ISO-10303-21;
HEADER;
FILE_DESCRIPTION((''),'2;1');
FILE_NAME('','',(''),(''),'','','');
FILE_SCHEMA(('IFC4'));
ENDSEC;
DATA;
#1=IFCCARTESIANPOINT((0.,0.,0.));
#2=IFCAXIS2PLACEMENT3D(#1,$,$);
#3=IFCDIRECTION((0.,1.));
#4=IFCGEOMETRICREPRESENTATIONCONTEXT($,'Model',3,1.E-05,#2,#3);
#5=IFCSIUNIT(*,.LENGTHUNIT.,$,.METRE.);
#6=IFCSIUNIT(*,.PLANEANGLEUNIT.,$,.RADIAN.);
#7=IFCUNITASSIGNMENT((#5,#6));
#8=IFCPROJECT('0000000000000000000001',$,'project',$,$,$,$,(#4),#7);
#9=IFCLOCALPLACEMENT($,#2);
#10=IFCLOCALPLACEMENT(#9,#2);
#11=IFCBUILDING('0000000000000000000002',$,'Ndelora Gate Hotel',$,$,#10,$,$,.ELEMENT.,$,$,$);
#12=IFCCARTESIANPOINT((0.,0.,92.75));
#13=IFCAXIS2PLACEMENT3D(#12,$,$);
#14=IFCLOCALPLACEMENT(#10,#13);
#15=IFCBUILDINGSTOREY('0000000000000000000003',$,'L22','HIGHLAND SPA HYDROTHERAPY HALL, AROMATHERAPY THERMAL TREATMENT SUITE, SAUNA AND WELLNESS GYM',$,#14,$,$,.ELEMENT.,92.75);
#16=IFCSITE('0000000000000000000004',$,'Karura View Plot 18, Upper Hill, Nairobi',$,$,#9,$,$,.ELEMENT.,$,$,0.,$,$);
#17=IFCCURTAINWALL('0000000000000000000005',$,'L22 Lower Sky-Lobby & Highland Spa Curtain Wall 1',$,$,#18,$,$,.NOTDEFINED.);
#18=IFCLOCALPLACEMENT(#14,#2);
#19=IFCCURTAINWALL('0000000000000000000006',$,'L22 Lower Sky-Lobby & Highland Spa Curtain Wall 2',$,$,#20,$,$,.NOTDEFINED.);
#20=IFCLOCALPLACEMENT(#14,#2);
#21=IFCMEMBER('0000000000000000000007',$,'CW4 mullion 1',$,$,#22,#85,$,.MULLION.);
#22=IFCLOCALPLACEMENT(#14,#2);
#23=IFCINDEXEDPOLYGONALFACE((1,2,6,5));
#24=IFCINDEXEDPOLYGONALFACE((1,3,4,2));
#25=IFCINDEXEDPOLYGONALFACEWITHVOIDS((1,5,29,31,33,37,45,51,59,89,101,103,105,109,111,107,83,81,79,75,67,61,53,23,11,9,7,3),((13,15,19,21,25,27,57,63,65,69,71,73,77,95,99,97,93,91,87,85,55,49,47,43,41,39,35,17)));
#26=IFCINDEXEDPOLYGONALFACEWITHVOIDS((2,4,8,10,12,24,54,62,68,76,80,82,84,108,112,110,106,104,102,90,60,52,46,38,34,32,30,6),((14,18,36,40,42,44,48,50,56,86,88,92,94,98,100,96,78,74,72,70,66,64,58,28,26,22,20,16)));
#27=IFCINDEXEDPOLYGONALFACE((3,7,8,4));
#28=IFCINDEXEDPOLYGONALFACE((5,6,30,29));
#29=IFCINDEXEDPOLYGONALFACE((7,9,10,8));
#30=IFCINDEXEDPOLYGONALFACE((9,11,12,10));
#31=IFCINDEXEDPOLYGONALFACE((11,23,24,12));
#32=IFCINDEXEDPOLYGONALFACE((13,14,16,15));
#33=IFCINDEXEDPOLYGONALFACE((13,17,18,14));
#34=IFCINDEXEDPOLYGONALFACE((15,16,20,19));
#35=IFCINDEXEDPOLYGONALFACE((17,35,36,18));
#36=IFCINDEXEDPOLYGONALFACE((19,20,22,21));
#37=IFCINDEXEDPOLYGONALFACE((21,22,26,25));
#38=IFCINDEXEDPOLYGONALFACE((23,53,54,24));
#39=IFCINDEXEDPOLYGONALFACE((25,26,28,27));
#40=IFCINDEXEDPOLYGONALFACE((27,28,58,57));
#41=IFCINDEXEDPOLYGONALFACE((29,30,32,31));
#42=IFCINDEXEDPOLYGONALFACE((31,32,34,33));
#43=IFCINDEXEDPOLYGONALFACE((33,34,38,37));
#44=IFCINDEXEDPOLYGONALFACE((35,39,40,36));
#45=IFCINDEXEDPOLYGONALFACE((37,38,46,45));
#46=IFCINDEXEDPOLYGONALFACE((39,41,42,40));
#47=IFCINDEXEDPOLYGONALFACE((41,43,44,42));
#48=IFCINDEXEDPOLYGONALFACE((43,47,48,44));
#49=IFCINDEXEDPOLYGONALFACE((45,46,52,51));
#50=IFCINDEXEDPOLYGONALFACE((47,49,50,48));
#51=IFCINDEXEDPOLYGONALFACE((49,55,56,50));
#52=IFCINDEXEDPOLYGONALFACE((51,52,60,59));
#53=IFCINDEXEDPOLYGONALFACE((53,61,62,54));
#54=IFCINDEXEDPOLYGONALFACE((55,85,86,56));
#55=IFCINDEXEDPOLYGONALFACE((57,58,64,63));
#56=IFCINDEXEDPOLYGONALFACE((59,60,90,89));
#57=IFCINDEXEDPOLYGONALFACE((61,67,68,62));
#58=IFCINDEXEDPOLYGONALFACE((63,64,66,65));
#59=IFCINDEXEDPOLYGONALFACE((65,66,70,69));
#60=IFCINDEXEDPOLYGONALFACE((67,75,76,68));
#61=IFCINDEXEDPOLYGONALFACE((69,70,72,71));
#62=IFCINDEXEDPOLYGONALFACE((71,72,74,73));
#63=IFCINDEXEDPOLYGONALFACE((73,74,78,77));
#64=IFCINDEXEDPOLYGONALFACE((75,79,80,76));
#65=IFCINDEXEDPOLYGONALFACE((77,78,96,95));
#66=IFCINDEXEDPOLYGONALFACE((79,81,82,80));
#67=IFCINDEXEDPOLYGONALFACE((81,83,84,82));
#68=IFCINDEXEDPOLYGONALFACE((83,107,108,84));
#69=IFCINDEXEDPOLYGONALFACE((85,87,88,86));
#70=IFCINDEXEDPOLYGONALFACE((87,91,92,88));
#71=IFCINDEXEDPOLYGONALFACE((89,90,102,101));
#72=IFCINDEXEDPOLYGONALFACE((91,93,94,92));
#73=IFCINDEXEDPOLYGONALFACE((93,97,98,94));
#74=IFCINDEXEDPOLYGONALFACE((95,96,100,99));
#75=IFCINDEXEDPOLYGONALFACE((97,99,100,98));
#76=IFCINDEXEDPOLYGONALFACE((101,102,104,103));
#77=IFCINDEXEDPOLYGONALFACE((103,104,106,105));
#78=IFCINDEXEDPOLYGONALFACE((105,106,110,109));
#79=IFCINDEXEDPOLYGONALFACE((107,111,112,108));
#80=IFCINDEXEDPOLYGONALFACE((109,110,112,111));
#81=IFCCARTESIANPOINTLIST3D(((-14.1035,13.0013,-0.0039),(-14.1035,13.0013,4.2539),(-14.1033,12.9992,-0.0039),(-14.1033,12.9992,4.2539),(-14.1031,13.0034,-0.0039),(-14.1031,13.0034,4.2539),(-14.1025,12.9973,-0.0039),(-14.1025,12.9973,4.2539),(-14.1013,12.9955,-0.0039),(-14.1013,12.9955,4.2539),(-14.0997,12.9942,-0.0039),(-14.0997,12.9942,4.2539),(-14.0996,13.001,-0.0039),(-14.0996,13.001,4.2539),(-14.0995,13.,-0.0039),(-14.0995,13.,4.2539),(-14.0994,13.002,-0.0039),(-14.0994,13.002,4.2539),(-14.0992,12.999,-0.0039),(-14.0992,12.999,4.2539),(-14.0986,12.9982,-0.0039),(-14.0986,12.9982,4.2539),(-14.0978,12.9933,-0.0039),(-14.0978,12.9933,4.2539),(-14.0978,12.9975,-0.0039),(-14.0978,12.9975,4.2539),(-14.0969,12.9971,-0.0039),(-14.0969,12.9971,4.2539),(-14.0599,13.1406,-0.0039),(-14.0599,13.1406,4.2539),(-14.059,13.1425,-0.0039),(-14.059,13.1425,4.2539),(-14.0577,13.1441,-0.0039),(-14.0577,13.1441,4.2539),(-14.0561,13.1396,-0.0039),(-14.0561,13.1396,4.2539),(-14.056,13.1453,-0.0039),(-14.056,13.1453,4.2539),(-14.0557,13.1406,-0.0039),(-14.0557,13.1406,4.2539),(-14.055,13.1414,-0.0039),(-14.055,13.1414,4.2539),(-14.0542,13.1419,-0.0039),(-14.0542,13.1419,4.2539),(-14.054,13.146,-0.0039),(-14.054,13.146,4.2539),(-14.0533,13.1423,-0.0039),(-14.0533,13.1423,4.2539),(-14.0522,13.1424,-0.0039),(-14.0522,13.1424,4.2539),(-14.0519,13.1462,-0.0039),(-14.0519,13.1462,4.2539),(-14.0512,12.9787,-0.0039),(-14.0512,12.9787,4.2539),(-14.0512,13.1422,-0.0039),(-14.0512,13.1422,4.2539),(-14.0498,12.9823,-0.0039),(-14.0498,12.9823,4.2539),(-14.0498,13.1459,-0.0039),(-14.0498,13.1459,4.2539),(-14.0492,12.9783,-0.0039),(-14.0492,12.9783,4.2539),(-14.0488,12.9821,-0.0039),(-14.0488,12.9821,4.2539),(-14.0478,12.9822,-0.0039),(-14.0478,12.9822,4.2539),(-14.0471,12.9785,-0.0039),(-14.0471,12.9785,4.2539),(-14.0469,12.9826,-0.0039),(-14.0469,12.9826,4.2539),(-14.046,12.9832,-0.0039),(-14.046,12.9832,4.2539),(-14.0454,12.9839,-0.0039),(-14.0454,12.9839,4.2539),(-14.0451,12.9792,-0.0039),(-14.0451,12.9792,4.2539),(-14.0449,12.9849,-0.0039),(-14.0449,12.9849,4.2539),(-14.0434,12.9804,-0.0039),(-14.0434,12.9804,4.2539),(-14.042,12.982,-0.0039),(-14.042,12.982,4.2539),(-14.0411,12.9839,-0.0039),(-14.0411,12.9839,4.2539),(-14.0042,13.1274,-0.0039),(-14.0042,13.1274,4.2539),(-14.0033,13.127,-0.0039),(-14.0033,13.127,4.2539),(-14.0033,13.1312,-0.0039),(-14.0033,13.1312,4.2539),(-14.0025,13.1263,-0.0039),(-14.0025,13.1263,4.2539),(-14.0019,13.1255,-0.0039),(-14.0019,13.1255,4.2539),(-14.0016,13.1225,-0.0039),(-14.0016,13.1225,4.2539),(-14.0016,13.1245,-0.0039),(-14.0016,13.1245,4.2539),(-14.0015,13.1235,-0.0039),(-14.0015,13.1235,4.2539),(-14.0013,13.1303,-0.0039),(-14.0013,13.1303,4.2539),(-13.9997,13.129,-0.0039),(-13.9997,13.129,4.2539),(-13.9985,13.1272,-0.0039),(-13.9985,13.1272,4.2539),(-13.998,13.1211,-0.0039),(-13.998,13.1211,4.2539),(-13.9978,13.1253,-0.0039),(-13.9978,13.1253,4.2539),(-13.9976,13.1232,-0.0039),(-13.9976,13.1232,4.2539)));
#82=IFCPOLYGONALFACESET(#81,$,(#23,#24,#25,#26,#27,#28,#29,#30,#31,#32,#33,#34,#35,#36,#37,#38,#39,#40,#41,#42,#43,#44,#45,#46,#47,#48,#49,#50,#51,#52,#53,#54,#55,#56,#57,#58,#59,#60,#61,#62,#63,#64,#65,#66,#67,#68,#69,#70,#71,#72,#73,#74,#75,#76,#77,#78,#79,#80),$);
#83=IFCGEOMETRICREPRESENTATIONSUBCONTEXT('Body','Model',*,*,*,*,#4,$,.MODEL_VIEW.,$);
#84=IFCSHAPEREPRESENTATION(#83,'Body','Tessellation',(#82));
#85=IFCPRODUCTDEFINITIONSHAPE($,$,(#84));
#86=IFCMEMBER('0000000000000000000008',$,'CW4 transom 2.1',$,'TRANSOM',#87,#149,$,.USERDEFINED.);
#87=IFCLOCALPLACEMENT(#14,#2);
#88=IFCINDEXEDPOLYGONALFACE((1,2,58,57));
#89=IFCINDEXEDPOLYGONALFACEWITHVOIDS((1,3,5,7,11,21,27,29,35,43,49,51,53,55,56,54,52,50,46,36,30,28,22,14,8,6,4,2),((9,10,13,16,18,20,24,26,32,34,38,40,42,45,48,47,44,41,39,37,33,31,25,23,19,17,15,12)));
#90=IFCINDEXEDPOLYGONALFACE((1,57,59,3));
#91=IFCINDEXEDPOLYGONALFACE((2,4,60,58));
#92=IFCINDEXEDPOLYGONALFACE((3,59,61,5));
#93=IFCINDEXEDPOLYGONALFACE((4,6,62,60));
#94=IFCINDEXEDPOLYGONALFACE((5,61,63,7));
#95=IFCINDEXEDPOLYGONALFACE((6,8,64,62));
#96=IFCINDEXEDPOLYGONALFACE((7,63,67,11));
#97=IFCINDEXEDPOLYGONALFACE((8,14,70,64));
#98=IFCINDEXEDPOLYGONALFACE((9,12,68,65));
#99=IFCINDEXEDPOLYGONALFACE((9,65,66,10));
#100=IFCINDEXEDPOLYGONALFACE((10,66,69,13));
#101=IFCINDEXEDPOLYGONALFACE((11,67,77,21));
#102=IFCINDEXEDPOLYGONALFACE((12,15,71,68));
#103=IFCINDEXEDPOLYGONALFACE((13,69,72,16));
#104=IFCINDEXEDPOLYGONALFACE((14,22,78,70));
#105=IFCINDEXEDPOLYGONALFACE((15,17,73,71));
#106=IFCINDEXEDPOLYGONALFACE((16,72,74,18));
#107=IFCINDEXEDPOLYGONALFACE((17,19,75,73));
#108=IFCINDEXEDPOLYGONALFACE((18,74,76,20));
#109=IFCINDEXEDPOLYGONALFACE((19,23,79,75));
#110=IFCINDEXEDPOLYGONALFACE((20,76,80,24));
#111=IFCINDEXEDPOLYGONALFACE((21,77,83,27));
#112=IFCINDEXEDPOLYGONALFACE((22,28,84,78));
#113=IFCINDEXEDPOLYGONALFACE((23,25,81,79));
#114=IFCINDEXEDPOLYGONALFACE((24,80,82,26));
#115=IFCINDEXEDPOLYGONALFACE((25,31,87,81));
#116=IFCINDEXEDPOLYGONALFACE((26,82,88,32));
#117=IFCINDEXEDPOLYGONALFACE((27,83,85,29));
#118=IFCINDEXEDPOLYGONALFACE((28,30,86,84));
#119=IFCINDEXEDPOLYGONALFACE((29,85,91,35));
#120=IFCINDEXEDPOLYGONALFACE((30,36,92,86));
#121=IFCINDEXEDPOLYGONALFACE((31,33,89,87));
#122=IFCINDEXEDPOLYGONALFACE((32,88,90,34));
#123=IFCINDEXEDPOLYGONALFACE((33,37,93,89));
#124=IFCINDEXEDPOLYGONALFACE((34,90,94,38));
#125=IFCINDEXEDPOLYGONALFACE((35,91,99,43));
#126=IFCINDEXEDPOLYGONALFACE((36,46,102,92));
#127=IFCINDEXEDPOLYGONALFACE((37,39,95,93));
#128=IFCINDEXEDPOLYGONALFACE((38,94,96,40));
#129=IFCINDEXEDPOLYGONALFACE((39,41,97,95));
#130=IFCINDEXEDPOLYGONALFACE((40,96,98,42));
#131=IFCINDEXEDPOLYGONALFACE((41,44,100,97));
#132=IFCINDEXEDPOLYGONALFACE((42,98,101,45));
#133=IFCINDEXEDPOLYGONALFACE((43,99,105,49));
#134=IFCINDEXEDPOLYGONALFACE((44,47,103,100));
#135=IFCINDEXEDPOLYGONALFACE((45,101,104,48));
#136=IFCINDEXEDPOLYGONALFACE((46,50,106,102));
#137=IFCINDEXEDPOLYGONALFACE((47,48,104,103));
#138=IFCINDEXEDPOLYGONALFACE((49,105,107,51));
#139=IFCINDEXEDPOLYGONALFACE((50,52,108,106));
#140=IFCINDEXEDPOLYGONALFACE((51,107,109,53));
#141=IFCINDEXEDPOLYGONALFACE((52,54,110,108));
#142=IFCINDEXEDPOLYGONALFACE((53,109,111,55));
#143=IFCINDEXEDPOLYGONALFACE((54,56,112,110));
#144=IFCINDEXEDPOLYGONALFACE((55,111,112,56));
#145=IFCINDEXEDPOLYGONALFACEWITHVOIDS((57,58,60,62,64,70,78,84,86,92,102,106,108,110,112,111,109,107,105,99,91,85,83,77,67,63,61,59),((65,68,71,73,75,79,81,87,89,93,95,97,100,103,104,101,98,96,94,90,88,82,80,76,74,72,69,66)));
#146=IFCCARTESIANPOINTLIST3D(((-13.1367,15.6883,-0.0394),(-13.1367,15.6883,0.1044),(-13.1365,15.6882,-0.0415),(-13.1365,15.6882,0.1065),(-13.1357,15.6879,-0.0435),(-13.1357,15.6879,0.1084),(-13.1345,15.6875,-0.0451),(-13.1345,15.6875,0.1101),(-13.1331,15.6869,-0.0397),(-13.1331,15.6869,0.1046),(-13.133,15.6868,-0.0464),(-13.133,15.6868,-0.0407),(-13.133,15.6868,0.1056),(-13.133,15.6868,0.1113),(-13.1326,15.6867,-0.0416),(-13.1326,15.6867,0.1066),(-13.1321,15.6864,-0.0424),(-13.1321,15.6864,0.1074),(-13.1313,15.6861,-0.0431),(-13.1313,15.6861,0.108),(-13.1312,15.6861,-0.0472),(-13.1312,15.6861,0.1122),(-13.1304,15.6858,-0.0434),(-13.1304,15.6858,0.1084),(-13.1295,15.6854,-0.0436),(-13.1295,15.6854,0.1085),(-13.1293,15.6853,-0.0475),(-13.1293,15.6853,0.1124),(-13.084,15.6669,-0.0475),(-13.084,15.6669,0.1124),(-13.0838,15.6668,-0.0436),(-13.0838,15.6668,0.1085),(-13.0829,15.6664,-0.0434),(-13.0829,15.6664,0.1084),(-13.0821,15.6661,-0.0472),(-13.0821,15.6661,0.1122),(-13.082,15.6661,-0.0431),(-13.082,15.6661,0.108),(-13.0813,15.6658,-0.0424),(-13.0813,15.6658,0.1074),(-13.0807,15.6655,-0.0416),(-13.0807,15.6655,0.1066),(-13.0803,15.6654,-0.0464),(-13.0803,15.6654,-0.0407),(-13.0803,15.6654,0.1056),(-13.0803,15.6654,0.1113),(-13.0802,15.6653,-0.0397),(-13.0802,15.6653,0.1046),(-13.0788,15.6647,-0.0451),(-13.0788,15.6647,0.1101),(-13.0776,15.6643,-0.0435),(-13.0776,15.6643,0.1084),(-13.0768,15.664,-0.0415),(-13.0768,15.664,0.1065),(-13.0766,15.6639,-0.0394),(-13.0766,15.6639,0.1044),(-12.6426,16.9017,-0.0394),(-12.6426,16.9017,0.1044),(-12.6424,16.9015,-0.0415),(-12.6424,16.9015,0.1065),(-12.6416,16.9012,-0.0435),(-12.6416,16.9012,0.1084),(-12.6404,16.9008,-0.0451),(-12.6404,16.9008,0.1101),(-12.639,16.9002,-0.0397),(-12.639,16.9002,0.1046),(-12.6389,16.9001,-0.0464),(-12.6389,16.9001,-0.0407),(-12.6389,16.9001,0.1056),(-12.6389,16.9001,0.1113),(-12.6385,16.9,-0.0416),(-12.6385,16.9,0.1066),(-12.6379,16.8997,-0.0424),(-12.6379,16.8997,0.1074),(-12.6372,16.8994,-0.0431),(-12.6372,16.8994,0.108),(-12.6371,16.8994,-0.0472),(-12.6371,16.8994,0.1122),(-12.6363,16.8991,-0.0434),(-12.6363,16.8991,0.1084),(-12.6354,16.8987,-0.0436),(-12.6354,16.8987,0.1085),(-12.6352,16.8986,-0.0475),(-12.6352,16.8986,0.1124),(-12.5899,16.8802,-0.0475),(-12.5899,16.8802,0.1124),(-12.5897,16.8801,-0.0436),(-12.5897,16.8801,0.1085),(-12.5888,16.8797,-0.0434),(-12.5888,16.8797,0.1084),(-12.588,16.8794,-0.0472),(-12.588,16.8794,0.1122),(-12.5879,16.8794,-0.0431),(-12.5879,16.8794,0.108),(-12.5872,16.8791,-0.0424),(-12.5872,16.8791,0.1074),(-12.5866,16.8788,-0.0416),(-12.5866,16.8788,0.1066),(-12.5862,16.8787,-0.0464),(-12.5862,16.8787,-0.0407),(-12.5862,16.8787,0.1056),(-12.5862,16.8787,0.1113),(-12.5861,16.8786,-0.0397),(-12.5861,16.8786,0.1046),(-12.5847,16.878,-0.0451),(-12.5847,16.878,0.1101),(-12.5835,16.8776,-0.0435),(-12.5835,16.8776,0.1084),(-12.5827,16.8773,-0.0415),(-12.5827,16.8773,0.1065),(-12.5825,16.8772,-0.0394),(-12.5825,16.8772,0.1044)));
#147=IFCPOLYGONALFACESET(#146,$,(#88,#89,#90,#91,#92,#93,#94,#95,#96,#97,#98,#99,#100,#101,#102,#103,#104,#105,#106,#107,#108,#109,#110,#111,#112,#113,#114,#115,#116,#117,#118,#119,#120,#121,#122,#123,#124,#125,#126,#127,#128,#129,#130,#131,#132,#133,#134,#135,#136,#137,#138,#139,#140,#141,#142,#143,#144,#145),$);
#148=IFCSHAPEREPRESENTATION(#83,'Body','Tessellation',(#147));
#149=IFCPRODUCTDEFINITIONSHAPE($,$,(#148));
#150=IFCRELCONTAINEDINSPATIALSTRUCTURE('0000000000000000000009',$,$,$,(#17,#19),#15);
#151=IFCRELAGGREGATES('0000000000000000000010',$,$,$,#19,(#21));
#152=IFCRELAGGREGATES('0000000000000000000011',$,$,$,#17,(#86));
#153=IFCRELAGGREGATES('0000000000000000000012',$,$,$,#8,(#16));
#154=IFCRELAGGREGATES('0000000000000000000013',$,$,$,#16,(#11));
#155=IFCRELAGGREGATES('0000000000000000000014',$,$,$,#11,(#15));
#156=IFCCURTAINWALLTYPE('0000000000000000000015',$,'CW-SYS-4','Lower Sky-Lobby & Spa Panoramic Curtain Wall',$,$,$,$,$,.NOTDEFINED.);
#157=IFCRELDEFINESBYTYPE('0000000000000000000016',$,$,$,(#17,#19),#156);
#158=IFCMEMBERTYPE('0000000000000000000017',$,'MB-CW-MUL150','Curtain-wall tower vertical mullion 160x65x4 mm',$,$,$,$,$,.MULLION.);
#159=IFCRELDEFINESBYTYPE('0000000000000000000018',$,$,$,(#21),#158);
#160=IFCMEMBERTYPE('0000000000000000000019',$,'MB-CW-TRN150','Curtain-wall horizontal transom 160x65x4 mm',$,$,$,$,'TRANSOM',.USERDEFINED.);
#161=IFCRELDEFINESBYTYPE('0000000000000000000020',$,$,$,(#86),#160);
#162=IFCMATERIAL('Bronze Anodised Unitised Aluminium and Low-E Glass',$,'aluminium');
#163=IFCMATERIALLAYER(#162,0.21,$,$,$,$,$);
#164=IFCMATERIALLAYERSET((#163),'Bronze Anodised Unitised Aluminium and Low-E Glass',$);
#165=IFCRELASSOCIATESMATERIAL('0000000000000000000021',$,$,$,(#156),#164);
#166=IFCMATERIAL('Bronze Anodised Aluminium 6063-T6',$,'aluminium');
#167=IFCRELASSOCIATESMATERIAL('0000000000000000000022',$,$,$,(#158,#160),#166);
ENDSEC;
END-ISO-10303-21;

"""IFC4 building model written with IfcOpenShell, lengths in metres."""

from ifc_helpers import new_model, si_unit, direction, frame, origin, origin_2d, place, context, subcontext, project, spatial, hollow_rectangle, extrude, material, layer, layer_set, material_profile, profile_set, type_object, element, aggregate, save


model = new_model("IFC4")

# Units and contexts
model_context = context("Model", 3, precision=1e-05, world=origin(), true_north=direction((0.0, 1.0)))
body_context = subcontext(model_context, "Body", "Model", "MODEL_VIEW")
ifc_project = project(units=[si_unit("LENGTHUNIT", "METRE"), si_unit("PLANEANGLEUNIT", "RADIAN")], contexts=[model_context])

# Site, building, storey
site_placement = place(None, origin())
site = spatial("IfcSite", under=ifc_project, at=site_placement, Name="Karura View Plot 18, Upper Hill, Nairobi", CompositionType="ELEMENT", RefElevation=0.0)
building_placement = place(site_placement, origin())
building = spatial("IfcBuilding", under=site, at=building_placement, Name="Ndelora Gate Hotel", CompositionType="ELEMENT")
storey_placement = place(building_placement, frame((0.0, 0.0, 92.75)))
storey = spatial("IfcBuildingStorey", under=building, at=storey_placement, Name="L22", Description="HIGHLAND SPA HYDROTHERAPY HALL, AROMATHERAPY THERMAL TREATMENT SUITE, SAUNA AND WELLNESS GYM", CompositionType="ELEMENT", Elevation=92.75)

# Curtain wall
ifc_material_1 = material(Name="Bronze Anodised Unitised Aluminium and Low-E Glass", Category="aluminium")
ifc_layer_1 = layer(ifc_material_1, 0.21)
ifc_layer_set_1 = layer_set([ifc_layer_1], Name="Bronze Anodised Unitised Aluminium and Low-E Glass")
curtain_wall_type = type_object("IfcCurtainWallType", Name="CW-SYS-4", Description="Lower Sky-Lobby & Spa Panoramic Curtain Wall", PredefinedType="NOTDEFINED", material=ifc_layer_set_1)
curtain_wall_1_placement = place(storey_placement, origin())
curtain_wall_1 = element("IfcCurtainWall", 1, at=curtain_wall_1_placement, inside=storey, type_object=curtain_wall_type, Name="L22 Lower Sky-Lobby & Highland Spa Curtain Wall 1", PredefinedType="NOTDEFINED")
ifc_material_2 = material(Name="Bronze Anodised Aluminium 6063-T6", Category="aluminium")
ifc_material_profile_1 = material_profile(ifc_material_2, hollow_rectangle(XDim=0.0649, YDim=0.1599, WallThickness=0.0039, InnerFilletRadius=0.0039, OuterFilletRadius=0.0081, at=origin_2d()), Name="ALU 160x65x4")
ifc_profile_set_1 = profile_set([ifc_material_profile_1], Name="Bronze Anodised Aluminium 6063-T6")
member_type_1 = type_object("IfcMemberType", Name="MB-CW-MUL150", Description="Curtain-wall tower vertical mullion 160x65x4 mm", PredefinedType="MULLION", material=ifc_profile_set_1)

# Curtain wall, member
curtain_wall_2_placement = place(storey_placement, origin())
curtain_wall_2 = element("IfcCurtainWall", 2, at=curtain_wall_2_placement, inside=storey, type_object=curtain_wall_type, Name="L22 Lower Sky-Lobby & Highland Spa Curtain Wall 2", PredefinedType="NOTDEFINED")
member_1_placement = place(storey_placement, frame((-14.0505, 13.0623, -0.0039), z_axis=(0.0, 0.0, 1.0), x_axis=(0.95391, -0.300093, 0.0)))
member_1 = element("IfcMember", 3, at=member_1_placement, type_object=member_type_1, Name="CW4 mullion 1", PredefinedType="MULLION", context=body_context, shape_type="SweptSolid", body=[
    extrude(hollow_rectangle(XDim=0.0649, YDim=0.1599, WallThickness=0.0039, InnerFilletRadius=0.0039, OuterFilletRadius=0.0081, at=origin_2d()), origin(), (0.0, 0.0, 1.0), 4.2578),
])

# Member
ifc_material_profile_2 = material_profile(ifc_material_2, hollow_rectangle(XDim=0.0649, YDim=0.1599, WallThickness=0.0039, InnerFilletRadius=0.0039, OuterFilletRadius=0.0081, at=origin_2d()), Name="ALU 160x65x4")
ifc_profile_set_2 = profile_set([ifc_material_profile_2], Name="Bronze Anodised Aluminium 6063-T6")
member_type_2 = type_object("IfcMemberType", Name="MB-CW-TRN150", Description="Curtain-wall horizontal transom 160x65x4 mm", ElementType="TRANSOM", PredefinedType="USERDEFINED", material=ifc_profile_set_2)
member_2_placement = place(storey_placement, frame((-12.6125, 16.8894, 0.0325), z_axis=(-0.377167, -0.926145, 0.0), x_axis=(0.926145, -0.377167, 0.0)))
member_2 = element("IfcMember", 4, at=member_2_placement, type_object=member_type_2, Name="CW4 transom 2.1", ObjectType="TRANSOM", PredefinedType="USERDEFINED", context=body_context, shape_type="SweptSolid", body=[
    extrude(hollow_rectangle(XDim=0.0649, YDim=0.1599, WallThickness=0.0039, InnerFilletRadius=0.0039, OuterFilletRadius=0.0081, at=origin_2d()), origin(), (0.0, 0.0, 1.0), 1.3101),
])
aggregate(curtain_wall_2, [member_1])

aggregate(curtain_wall_1, [member_2])

save(model, "model.ifc")
